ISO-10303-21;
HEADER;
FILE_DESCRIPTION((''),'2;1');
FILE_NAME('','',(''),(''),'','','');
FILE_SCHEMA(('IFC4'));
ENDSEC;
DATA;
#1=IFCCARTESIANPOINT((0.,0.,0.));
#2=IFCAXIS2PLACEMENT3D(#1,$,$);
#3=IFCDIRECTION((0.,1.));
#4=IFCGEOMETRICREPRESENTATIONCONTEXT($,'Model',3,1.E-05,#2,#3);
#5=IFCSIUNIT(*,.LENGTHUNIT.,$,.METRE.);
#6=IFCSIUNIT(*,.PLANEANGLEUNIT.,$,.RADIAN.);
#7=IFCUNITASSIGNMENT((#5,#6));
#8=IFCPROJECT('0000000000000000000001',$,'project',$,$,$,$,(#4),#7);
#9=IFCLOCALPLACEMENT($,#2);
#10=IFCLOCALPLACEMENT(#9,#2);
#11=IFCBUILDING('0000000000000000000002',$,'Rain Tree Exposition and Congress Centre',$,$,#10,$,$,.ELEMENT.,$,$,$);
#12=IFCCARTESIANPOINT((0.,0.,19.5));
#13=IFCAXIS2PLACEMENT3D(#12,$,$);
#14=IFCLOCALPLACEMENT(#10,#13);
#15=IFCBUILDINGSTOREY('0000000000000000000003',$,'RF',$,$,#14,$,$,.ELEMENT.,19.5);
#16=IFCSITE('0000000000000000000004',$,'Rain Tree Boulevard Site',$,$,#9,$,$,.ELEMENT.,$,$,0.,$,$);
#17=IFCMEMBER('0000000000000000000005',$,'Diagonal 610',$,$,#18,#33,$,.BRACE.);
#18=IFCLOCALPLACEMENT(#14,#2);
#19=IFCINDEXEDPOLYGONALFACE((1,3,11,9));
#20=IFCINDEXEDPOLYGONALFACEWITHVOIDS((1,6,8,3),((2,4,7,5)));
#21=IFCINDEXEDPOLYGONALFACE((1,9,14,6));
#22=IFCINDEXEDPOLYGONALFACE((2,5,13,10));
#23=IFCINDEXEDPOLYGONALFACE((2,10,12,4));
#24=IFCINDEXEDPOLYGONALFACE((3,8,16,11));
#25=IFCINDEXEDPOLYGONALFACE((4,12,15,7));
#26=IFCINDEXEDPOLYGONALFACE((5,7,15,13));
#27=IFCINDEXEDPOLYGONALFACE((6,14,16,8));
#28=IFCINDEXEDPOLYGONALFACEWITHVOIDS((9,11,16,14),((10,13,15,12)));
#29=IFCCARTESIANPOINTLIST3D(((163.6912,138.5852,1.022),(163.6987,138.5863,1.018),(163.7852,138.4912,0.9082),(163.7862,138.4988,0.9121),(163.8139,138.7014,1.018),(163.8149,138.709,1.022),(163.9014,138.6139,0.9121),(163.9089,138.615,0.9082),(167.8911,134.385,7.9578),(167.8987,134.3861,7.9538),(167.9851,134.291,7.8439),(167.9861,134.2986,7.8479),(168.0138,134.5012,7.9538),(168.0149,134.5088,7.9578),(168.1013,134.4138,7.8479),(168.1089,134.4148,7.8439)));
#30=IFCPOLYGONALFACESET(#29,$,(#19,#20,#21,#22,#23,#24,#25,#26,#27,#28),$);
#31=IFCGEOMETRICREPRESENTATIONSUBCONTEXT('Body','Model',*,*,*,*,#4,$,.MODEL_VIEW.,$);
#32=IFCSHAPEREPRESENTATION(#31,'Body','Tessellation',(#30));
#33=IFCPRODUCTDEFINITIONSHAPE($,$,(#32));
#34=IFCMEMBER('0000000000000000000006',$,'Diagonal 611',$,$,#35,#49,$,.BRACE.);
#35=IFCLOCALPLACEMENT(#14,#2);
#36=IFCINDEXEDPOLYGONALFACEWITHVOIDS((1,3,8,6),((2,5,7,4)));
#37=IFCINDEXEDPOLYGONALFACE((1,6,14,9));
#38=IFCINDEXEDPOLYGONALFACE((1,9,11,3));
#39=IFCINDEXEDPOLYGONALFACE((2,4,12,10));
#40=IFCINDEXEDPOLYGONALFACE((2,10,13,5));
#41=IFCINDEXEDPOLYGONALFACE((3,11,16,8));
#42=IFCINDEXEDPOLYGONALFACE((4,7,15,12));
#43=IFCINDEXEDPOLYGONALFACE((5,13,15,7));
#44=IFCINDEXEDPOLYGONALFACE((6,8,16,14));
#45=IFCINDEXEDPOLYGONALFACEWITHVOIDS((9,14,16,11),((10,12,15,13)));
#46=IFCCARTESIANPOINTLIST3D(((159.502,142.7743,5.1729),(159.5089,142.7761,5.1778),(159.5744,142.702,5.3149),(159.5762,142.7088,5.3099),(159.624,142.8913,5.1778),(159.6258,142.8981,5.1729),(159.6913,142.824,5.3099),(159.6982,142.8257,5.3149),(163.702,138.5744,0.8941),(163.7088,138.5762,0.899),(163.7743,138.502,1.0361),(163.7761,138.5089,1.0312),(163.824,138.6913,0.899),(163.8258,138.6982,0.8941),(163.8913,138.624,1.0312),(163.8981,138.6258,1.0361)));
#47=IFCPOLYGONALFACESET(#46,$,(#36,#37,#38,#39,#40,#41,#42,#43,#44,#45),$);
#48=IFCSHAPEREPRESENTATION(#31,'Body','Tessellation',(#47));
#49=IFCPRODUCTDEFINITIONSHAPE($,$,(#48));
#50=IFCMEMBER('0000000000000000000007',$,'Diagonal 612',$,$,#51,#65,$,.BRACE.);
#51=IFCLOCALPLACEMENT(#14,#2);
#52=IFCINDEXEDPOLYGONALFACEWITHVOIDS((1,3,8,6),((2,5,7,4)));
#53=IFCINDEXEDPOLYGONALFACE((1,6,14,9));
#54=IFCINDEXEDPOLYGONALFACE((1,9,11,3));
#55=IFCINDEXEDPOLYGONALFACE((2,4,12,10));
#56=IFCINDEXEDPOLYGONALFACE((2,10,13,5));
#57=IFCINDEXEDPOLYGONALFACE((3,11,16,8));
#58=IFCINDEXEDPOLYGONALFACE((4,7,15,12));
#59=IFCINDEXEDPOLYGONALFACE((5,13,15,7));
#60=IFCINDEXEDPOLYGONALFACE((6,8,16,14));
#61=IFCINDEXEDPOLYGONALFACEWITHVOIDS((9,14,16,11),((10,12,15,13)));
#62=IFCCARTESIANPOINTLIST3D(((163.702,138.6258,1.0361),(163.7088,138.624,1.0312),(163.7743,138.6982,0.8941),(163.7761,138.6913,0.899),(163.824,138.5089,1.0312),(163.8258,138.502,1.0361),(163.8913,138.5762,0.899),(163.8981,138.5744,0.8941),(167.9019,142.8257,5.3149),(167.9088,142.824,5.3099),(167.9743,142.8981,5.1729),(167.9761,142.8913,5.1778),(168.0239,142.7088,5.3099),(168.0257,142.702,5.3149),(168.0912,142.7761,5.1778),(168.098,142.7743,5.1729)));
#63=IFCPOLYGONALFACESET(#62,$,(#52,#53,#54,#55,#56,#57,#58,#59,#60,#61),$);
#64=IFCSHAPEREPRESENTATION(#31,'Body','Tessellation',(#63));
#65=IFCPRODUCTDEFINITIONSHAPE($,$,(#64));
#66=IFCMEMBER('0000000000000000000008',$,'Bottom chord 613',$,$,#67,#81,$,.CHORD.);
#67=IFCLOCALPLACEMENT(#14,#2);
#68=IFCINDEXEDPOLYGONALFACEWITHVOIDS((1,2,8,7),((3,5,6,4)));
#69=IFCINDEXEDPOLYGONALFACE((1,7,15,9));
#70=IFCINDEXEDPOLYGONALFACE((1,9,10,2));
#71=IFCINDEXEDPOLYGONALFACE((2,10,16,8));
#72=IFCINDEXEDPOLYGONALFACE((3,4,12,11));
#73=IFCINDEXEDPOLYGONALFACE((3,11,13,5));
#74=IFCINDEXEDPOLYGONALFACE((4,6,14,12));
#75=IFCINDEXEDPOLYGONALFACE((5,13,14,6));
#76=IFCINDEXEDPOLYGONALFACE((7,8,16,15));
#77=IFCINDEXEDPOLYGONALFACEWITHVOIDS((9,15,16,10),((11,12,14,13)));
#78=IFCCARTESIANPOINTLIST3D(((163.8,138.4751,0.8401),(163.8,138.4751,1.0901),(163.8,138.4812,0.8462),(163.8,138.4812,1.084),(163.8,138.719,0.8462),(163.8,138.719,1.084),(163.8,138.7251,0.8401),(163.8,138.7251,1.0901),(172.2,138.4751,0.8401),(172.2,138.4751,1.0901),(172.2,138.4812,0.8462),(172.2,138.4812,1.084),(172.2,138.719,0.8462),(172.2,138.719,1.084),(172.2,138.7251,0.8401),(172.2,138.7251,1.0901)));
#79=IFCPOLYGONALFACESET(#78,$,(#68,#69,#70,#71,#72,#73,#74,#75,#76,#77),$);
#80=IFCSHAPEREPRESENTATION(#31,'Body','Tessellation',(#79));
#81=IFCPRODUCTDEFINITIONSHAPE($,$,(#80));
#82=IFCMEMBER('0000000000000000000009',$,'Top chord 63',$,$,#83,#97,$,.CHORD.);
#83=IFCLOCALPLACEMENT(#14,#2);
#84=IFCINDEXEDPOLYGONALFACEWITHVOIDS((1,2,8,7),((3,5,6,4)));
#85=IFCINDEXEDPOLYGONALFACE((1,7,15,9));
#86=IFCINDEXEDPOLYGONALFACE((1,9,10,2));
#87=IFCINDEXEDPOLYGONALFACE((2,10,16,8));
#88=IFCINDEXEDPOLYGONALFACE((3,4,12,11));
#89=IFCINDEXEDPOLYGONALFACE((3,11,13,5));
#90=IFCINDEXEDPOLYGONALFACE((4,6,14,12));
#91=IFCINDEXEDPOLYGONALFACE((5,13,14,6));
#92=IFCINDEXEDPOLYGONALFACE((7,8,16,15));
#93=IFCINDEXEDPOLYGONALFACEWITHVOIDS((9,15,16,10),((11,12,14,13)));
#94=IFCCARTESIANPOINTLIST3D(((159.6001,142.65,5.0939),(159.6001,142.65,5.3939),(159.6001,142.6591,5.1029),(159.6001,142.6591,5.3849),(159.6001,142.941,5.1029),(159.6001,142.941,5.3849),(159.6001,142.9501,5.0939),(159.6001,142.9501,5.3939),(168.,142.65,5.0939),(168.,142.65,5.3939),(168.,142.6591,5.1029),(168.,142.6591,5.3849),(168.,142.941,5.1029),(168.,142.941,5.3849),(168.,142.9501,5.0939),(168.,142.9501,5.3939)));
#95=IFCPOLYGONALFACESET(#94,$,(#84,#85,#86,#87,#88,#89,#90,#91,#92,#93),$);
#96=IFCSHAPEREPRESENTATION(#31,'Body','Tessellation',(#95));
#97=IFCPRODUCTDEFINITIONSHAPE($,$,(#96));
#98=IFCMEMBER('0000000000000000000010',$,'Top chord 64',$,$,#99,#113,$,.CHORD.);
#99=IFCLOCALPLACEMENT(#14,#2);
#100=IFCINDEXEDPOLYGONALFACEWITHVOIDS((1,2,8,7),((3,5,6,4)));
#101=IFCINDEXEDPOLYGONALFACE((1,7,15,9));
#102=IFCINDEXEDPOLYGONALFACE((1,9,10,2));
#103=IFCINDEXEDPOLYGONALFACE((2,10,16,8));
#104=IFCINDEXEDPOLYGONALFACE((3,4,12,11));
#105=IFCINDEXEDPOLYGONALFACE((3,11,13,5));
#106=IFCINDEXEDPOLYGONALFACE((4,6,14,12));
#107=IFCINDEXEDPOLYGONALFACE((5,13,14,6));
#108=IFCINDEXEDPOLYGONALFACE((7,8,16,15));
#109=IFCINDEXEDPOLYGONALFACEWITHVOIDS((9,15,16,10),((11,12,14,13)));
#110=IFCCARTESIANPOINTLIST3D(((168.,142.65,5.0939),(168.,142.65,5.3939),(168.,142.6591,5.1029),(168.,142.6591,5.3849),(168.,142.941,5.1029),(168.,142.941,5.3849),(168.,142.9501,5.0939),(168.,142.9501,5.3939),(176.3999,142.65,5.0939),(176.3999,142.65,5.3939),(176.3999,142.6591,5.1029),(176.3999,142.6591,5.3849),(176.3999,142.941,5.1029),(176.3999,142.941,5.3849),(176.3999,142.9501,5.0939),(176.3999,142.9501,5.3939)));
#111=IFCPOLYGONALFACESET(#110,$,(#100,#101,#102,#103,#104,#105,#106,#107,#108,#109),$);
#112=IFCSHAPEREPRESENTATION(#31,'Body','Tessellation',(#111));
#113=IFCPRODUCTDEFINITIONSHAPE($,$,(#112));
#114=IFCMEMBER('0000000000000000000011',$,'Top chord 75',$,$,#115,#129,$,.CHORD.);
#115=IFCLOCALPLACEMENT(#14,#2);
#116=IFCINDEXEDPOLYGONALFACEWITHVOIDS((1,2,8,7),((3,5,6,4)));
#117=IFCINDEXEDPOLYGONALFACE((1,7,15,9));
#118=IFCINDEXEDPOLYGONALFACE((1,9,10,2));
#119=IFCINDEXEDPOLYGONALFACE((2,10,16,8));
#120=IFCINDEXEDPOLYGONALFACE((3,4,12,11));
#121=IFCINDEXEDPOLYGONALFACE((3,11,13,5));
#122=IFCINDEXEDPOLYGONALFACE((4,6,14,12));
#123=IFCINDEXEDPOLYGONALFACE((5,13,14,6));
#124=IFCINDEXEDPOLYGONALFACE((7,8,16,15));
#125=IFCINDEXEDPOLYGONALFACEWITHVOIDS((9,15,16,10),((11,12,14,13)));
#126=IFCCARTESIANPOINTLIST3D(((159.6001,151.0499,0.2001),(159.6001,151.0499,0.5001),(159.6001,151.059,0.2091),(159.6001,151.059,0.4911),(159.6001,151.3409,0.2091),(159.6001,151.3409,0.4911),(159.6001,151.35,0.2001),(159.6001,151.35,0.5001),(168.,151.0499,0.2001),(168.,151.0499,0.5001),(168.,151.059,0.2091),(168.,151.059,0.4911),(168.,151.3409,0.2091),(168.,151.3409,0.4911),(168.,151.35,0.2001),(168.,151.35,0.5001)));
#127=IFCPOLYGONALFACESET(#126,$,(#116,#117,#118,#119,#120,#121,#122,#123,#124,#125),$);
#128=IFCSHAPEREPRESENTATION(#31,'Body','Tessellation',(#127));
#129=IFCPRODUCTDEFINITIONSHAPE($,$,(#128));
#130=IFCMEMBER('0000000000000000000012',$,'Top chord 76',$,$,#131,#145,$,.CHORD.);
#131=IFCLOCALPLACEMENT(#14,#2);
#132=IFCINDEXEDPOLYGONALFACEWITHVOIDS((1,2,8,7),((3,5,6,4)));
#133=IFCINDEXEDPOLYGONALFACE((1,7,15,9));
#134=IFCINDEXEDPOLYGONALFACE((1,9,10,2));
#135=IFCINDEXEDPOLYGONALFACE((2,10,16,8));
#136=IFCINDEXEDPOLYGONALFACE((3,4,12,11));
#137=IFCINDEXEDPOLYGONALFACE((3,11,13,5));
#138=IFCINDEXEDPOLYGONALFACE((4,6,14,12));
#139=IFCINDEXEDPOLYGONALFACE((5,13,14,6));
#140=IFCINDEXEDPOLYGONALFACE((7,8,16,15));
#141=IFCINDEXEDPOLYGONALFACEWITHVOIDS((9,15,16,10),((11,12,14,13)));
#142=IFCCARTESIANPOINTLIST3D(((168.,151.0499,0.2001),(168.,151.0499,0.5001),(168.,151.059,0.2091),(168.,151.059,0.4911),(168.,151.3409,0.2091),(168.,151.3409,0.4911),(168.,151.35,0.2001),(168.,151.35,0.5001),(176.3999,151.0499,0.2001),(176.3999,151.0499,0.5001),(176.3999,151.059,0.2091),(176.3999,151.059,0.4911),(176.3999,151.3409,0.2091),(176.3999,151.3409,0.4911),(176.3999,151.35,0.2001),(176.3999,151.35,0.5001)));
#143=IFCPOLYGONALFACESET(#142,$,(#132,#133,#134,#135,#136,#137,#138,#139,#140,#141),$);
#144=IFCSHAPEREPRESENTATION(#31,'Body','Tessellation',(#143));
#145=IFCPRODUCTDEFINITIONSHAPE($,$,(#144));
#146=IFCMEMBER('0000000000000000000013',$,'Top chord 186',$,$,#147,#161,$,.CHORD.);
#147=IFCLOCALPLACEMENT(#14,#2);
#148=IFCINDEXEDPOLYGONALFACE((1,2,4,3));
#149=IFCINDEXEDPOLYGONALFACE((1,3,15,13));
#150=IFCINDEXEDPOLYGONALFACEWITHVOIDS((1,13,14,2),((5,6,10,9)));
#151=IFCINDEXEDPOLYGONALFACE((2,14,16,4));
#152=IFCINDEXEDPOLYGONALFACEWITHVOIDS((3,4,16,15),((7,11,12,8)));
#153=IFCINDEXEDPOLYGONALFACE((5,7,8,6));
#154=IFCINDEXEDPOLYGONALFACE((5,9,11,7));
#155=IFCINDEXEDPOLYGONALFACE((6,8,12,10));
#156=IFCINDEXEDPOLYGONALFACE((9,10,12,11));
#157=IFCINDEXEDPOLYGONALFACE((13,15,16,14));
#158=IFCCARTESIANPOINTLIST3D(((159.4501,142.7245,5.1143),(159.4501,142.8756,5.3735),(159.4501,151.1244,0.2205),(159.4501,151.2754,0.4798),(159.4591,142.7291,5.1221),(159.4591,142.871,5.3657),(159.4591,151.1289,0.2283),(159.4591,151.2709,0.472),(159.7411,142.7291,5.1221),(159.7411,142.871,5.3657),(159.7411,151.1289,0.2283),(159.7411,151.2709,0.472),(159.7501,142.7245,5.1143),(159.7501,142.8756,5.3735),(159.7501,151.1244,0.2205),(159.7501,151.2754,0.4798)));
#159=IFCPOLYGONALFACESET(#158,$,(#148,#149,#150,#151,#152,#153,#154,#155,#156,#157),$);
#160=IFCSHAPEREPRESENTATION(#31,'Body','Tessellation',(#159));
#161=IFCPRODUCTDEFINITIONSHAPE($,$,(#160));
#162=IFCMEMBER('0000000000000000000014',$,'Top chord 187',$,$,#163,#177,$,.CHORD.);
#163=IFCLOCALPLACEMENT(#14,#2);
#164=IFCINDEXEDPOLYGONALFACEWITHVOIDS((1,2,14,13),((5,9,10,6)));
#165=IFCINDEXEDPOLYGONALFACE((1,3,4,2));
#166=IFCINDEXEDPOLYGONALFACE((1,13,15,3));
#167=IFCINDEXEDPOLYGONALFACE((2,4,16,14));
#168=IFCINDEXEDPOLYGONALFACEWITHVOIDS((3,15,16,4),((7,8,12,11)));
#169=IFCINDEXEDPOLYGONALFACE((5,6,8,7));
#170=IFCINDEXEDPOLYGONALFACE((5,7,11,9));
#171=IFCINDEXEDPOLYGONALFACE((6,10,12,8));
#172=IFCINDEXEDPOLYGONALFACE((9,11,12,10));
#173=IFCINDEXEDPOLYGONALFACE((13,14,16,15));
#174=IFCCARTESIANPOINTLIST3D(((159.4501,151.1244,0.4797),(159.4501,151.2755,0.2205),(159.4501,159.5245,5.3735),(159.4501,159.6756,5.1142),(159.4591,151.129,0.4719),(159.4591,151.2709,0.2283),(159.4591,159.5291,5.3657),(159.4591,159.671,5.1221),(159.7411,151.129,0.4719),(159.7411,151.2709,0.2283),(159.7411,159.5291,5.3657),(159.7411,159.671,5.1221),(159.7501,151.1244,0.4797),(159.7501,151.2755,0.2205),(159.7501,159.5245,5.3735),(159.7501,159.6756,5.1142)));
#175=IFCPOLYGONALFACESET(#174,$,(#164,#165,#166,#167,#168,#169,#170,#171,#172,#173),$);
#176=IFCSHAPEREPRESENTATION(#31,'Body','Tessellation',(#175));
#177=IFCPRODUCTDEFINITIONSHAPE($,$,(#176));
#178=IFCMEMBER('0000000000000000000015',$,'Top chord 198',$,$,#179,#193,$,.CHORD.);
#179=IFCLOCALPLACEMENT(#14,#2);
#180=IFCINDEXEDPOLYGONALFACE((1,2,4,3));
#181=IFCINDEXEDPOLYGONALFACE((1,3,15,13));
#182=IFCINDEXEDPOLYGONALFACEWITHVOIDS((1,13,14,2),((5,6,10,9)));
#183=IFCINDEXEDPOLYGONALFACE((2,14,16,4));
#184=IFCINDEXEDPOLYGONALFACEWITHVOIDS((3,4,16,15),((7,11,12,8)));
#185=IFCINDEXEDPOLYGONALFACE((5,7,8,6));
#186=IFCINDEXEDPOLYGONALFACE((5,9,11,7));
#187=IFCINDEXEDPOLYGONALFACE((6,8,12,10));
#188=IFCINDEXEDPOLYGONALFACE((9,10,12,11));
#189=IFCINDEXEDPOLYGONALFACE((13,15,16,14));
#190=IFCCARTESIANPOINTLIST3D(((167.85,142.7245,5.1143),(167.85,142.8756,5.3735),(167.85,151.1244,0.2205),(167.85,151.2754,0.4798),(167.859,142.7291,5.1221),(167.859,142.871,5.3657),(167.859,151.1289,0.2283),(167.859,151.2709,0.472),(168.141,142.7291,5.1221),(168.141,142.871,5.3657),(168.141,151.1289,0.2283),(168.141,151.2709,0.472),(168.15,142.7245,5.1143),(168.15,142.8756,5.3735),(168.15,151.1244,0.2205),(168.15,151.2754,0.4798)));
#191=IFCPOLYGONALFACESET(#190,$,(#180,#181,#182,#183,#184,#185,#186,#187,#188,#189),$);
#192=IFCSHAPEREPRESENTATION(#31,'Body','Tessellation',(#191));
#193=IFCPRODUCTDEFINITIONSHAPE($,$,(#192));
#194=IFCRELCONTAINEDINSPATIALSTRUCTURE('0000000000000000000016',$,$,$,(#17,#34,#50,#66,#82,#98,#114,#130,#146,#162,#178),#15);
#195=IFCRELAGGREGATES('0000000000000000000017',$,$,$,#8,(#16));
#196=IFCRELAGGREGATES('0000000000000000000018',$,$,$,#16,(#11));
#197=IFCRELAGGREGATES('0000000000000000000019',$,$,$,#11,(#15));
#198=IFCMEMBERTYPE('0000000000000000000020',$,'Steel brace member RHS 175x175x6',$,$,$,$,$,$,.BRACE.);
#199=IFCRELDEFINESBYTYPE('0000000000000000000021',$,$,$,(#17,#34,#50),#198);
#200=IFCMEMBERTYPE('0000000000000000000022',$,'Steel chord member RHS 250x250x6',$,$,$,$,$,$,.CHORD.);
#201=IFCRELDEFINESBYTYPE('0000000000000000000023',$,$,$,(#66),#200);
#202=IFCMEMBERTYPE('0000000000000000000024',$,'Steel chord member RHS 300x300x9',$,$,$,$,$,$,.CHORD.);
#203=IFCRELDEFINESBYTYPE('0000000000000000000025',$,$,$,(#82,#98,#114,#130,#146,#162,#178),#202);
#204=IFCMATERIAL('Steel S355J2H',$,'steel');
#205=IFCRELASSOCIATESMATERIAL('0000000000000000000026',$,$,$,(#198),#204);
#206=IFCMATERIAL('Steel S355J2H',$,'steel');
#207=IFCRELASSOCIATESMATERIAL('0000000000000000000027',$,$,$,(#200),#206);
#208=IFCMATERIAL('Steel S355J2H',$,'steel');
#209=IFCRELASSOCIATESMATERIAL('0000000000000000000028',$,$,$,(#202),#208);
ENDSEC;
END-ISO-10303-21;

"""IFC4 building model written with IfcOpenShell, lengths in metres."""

from ifc_helpers import new_model, si_unit, direction, frame, origin, origin_2d, place, context, subcontext, project, spatial, hollow_rectangle, extrude, material, material_profile, profile_set, type_object, element, save


model = new_model("IFC4")

# Units and contexts
model_context = context("Model", 3, precision=1e-05, world=origin(), true_north=direction((0.0, 1.0)))
body_context = subcontext(model_context, "Body", "Model", "MODEL_VIEW")
ifc_project = project(units=[si_unit("LENGTHUNIT", "METRE"), si_unit("PLANEANGLEUNIT", "RADIAN")], contexts=[model_context])

# Site, building, storey
site_placement = place(None, origin())
site = spatial("IfcSite", under=ifc_project, at=site_placement, Name="Rain Tree Boulevard Site", CompositionType="ELEMENT", RefElevation=0.0)
building_placement = place(site_placement, origin())
building = spatial("IfcBuilding", under=site, at=building_placement, Name="Rain Tree Exposition and Congress Centre", CompositionType="ELEMENT")
storey_placement = place(building_placement, frame((0.0, 0.0, 19.5)))
storey = spatial("IfcBuildingStorey", under=building, at=storey_placement, Name="RF", CompositionType="ELEMENT", Elevation=19.5)

# Members
ifc_material_1 = material(Name="Steel S355J2H", Category="steel")
ifc_material_profile_1 = material_profile(ifc_material_1, hollow_rectangle(XDim=0.175, YDim=0.175, WallThickness=0.0061, at=origin_2d()), Name="RHS 175x175x6")
ifc_profile_set_1 = profile_set([ifc_material_profile_1], Name="Steel S355J2H")
member_type_1 = type_object("IfcMemberType", Name="Steel brace member RHS 175x175x6", PredefinedType="BRACE", material=ifc_profile_set_1)
member_1_placement = place(storey_placement, frame((163.8, 138.6001, 0.9651), z_axis=(0.459935, -0.459962, 0.759536), x_axis=(0.707127, 0.707086, 0.0)))
element("IfcMember", 1, at=member_1_placement, inside=storey, type_object=member_type_1, Name="Diagonal 610", PredefinedType="BRACE", context=body_context, shape_type="SweptSolid", body=[
    extrude(hollow_rectangle(XDim=0.175, YDim=0.175, WallThickness=0.0061, at=origin_2d()), origin(), (0.0, 0.0, 1.0), 9.1316),
])
for number, where, z_axis, x_axis, name in (
    (2, (163.8, 138.6001, 0.9651), (-0.573737, 0.573737, 0.58451), (-0.707107, -0.707107, 0.0), "Diagonal 611"),
    (3, (163.8, 138.6001, 0.9651), (0.573737, 0.573737, 0.58451), (-0.707107, 0.707107, 0.0), "Diagonal 612"),
):
    element("IfcMember", number, at=place(storey_placement, frame(where, z_axis=z_axis, x_axis=x_axis)), inside=storey, type_object=member_type_1, Name=name, PredefinedType="BRACE", context=body_context, shape_type="SweptSolid", body=[
        extrude(hollow_rectangle(XDim=0.175, YDim=0.175, WallThickness=0.0061, at=origin_2d()), origin(), (0.0, 0.0, 1.0), 7.3203),
    ])
ifc_material_2 = material(Name="Steel S355J2H", Category="steel")
ifc_material_profile_2 = material_profile(ifc_material_2, hollow_rectangle(XDim=0.25, YDim=0.25, WallThickness=0.0061, at=origin_2d()), Name="RHS 250x250x6")
ifc_profile_set_2 = profile_set([ifc_material_profile_2], Name="Steel S355J2H")
member_type_2 = type_object("IfcMemberType", Name="Steel chord member RHS 250x250x6", PredefinedType="CHORD", material=ifc_profile_set_2)
member_2_placement = place(storey_placement, frame((163.8, 138.6001, 0.9651), z_axis=(1.0, 0.0, 0.0), x_axis=(0.0, 1.0, 0.0)))
element("IfcMember", 4, at=member_2_placement, inside=storey, type_object=member_type_2, Name="Bottom chord 613", PredefinedType="CHORD", context=body_context, shape_type="SweptSolid", body=[
    extrude(hollow_rectangle(XDim=0.25, YDim=0.25, WallThickness=0.0061, at=origin_2d()), origin(), (0.0, 0.0, 1.0), 8.3999),
])
ifc_material_3 = material(Name="Steel S355J2H", Category="steel")
ifc_material_profile_3 = material_profile(ifc_material_3, hollow_rectangle(XDim=0.3, YDim=0.3, WallThickness=0.009, at=origin_2d()), Name="RHS 300x300x9")
ifc_profile_set_3 = profile_set([ifc_material_profile_3], Name="Steel S355J2H")
member_type_3 = type_object("IfcMemberType", Name="Steel chord member RHS 300x300x9", PredefinedType="CHORD", material=ifc_profile_set_3)
for number, where, z_axis, x_axis, name in (
    (5, (159.6001, 142.8, 5.2439), (1.0, 0.0, 0.0), (0.0, 1.0, 0.0), "Top chord 63"),
    (6, (168.0, 142.8, 5.2439), (1.0, 0.0, 0.0), (0.0, 1.0, 0.0), "Top chord 64"),
    (7, (159.6001, 151.2, 0.3501), (1.0, 0.0, 0.0), (0.0, 1.0, 0.0), "Top chord 75"),
    (8, (168.0, 151.2, 0.3501), (1.0, 0.0, 0.0), (0.0, 1.0, 0.0), "Top chord 76"),
):
    element("IfcMember", number, at=place(storey_placement, frame(where, z_axis=z_axis, x_axis=x_axis)), inside=storey, type_object=member_type_3, Name=name, PredefinedType="CHORD", context=body_context, shape_type="SweptSolid", body=[
        extrude(hollow_rectangle(XDim=0.3, YDim=0.3, WallThickness=0.009, at=origin_2d()), origin(), (0.0, 0.0, 1.0), 8.3999),
    ])
member_3_placement = place(storey_placement, frame((159.6001, 142.8, 5.2439), z_axis=(0.0, 0.864054, -0.503399), x_axis=(-1.0, 0.0, 0.0)))
element("IfcMember", 9, at=member_3_placement, inside=storey, type_object=member_type_3, Name="Top chord 186", PredefinedType="CHORD", context=body_context, shape_type="SweptSolid", body=[
    extrude(hollow_rectangle(XDim=0.3, YDim=0.3, WallThickness=0.009, at=origin_2d()), origin(), (0.0, 0.0, 1.0), 9.7214),
])
member_4_placement = place(storey_placement, frame((159.6001, 151.2, 0.3501), z_axis=(0.0, 0.86406, 0.503388), x_axis=(-1.0, 0.0, 0.0)))
element("IfcMember", 10, at=member_4_placement, inside=storey, type_object=member_type_3, Name="Top chord 187", PredefinedType="CHORD", context=body_context, shape_type="SweptSolid", body=[
    extrude(hollow_rectangle(XDim=0.3, YDim=0.3, WallThickness=0.009, at=origin_2d()), origin(), (0.0, 0.0, 1.0), 9.7217),
])
member_5_placement = place(storey_placement, frame((168.0, 142.8, 5.2439), z_axis=(0.0, 0.864054, -0.503399), x_axis=(-1.0, 0.0, 0.0)))
element("IfcMember", 11, at=member_5_placement, inside=storey, type_object=member_type_3, Name="Top chord 198", PredefinedType="CHORD", context=body_context, shape_type="SweptSolid", body=[
    extrude(hollow_rectangle(XDim=0.3, YDim=0.3, WallThickness=0.009, at=origin_2d()), origin(), (0.0, 0.0, 1.0), 9.7214),
])

save(model, "model.ifc")
